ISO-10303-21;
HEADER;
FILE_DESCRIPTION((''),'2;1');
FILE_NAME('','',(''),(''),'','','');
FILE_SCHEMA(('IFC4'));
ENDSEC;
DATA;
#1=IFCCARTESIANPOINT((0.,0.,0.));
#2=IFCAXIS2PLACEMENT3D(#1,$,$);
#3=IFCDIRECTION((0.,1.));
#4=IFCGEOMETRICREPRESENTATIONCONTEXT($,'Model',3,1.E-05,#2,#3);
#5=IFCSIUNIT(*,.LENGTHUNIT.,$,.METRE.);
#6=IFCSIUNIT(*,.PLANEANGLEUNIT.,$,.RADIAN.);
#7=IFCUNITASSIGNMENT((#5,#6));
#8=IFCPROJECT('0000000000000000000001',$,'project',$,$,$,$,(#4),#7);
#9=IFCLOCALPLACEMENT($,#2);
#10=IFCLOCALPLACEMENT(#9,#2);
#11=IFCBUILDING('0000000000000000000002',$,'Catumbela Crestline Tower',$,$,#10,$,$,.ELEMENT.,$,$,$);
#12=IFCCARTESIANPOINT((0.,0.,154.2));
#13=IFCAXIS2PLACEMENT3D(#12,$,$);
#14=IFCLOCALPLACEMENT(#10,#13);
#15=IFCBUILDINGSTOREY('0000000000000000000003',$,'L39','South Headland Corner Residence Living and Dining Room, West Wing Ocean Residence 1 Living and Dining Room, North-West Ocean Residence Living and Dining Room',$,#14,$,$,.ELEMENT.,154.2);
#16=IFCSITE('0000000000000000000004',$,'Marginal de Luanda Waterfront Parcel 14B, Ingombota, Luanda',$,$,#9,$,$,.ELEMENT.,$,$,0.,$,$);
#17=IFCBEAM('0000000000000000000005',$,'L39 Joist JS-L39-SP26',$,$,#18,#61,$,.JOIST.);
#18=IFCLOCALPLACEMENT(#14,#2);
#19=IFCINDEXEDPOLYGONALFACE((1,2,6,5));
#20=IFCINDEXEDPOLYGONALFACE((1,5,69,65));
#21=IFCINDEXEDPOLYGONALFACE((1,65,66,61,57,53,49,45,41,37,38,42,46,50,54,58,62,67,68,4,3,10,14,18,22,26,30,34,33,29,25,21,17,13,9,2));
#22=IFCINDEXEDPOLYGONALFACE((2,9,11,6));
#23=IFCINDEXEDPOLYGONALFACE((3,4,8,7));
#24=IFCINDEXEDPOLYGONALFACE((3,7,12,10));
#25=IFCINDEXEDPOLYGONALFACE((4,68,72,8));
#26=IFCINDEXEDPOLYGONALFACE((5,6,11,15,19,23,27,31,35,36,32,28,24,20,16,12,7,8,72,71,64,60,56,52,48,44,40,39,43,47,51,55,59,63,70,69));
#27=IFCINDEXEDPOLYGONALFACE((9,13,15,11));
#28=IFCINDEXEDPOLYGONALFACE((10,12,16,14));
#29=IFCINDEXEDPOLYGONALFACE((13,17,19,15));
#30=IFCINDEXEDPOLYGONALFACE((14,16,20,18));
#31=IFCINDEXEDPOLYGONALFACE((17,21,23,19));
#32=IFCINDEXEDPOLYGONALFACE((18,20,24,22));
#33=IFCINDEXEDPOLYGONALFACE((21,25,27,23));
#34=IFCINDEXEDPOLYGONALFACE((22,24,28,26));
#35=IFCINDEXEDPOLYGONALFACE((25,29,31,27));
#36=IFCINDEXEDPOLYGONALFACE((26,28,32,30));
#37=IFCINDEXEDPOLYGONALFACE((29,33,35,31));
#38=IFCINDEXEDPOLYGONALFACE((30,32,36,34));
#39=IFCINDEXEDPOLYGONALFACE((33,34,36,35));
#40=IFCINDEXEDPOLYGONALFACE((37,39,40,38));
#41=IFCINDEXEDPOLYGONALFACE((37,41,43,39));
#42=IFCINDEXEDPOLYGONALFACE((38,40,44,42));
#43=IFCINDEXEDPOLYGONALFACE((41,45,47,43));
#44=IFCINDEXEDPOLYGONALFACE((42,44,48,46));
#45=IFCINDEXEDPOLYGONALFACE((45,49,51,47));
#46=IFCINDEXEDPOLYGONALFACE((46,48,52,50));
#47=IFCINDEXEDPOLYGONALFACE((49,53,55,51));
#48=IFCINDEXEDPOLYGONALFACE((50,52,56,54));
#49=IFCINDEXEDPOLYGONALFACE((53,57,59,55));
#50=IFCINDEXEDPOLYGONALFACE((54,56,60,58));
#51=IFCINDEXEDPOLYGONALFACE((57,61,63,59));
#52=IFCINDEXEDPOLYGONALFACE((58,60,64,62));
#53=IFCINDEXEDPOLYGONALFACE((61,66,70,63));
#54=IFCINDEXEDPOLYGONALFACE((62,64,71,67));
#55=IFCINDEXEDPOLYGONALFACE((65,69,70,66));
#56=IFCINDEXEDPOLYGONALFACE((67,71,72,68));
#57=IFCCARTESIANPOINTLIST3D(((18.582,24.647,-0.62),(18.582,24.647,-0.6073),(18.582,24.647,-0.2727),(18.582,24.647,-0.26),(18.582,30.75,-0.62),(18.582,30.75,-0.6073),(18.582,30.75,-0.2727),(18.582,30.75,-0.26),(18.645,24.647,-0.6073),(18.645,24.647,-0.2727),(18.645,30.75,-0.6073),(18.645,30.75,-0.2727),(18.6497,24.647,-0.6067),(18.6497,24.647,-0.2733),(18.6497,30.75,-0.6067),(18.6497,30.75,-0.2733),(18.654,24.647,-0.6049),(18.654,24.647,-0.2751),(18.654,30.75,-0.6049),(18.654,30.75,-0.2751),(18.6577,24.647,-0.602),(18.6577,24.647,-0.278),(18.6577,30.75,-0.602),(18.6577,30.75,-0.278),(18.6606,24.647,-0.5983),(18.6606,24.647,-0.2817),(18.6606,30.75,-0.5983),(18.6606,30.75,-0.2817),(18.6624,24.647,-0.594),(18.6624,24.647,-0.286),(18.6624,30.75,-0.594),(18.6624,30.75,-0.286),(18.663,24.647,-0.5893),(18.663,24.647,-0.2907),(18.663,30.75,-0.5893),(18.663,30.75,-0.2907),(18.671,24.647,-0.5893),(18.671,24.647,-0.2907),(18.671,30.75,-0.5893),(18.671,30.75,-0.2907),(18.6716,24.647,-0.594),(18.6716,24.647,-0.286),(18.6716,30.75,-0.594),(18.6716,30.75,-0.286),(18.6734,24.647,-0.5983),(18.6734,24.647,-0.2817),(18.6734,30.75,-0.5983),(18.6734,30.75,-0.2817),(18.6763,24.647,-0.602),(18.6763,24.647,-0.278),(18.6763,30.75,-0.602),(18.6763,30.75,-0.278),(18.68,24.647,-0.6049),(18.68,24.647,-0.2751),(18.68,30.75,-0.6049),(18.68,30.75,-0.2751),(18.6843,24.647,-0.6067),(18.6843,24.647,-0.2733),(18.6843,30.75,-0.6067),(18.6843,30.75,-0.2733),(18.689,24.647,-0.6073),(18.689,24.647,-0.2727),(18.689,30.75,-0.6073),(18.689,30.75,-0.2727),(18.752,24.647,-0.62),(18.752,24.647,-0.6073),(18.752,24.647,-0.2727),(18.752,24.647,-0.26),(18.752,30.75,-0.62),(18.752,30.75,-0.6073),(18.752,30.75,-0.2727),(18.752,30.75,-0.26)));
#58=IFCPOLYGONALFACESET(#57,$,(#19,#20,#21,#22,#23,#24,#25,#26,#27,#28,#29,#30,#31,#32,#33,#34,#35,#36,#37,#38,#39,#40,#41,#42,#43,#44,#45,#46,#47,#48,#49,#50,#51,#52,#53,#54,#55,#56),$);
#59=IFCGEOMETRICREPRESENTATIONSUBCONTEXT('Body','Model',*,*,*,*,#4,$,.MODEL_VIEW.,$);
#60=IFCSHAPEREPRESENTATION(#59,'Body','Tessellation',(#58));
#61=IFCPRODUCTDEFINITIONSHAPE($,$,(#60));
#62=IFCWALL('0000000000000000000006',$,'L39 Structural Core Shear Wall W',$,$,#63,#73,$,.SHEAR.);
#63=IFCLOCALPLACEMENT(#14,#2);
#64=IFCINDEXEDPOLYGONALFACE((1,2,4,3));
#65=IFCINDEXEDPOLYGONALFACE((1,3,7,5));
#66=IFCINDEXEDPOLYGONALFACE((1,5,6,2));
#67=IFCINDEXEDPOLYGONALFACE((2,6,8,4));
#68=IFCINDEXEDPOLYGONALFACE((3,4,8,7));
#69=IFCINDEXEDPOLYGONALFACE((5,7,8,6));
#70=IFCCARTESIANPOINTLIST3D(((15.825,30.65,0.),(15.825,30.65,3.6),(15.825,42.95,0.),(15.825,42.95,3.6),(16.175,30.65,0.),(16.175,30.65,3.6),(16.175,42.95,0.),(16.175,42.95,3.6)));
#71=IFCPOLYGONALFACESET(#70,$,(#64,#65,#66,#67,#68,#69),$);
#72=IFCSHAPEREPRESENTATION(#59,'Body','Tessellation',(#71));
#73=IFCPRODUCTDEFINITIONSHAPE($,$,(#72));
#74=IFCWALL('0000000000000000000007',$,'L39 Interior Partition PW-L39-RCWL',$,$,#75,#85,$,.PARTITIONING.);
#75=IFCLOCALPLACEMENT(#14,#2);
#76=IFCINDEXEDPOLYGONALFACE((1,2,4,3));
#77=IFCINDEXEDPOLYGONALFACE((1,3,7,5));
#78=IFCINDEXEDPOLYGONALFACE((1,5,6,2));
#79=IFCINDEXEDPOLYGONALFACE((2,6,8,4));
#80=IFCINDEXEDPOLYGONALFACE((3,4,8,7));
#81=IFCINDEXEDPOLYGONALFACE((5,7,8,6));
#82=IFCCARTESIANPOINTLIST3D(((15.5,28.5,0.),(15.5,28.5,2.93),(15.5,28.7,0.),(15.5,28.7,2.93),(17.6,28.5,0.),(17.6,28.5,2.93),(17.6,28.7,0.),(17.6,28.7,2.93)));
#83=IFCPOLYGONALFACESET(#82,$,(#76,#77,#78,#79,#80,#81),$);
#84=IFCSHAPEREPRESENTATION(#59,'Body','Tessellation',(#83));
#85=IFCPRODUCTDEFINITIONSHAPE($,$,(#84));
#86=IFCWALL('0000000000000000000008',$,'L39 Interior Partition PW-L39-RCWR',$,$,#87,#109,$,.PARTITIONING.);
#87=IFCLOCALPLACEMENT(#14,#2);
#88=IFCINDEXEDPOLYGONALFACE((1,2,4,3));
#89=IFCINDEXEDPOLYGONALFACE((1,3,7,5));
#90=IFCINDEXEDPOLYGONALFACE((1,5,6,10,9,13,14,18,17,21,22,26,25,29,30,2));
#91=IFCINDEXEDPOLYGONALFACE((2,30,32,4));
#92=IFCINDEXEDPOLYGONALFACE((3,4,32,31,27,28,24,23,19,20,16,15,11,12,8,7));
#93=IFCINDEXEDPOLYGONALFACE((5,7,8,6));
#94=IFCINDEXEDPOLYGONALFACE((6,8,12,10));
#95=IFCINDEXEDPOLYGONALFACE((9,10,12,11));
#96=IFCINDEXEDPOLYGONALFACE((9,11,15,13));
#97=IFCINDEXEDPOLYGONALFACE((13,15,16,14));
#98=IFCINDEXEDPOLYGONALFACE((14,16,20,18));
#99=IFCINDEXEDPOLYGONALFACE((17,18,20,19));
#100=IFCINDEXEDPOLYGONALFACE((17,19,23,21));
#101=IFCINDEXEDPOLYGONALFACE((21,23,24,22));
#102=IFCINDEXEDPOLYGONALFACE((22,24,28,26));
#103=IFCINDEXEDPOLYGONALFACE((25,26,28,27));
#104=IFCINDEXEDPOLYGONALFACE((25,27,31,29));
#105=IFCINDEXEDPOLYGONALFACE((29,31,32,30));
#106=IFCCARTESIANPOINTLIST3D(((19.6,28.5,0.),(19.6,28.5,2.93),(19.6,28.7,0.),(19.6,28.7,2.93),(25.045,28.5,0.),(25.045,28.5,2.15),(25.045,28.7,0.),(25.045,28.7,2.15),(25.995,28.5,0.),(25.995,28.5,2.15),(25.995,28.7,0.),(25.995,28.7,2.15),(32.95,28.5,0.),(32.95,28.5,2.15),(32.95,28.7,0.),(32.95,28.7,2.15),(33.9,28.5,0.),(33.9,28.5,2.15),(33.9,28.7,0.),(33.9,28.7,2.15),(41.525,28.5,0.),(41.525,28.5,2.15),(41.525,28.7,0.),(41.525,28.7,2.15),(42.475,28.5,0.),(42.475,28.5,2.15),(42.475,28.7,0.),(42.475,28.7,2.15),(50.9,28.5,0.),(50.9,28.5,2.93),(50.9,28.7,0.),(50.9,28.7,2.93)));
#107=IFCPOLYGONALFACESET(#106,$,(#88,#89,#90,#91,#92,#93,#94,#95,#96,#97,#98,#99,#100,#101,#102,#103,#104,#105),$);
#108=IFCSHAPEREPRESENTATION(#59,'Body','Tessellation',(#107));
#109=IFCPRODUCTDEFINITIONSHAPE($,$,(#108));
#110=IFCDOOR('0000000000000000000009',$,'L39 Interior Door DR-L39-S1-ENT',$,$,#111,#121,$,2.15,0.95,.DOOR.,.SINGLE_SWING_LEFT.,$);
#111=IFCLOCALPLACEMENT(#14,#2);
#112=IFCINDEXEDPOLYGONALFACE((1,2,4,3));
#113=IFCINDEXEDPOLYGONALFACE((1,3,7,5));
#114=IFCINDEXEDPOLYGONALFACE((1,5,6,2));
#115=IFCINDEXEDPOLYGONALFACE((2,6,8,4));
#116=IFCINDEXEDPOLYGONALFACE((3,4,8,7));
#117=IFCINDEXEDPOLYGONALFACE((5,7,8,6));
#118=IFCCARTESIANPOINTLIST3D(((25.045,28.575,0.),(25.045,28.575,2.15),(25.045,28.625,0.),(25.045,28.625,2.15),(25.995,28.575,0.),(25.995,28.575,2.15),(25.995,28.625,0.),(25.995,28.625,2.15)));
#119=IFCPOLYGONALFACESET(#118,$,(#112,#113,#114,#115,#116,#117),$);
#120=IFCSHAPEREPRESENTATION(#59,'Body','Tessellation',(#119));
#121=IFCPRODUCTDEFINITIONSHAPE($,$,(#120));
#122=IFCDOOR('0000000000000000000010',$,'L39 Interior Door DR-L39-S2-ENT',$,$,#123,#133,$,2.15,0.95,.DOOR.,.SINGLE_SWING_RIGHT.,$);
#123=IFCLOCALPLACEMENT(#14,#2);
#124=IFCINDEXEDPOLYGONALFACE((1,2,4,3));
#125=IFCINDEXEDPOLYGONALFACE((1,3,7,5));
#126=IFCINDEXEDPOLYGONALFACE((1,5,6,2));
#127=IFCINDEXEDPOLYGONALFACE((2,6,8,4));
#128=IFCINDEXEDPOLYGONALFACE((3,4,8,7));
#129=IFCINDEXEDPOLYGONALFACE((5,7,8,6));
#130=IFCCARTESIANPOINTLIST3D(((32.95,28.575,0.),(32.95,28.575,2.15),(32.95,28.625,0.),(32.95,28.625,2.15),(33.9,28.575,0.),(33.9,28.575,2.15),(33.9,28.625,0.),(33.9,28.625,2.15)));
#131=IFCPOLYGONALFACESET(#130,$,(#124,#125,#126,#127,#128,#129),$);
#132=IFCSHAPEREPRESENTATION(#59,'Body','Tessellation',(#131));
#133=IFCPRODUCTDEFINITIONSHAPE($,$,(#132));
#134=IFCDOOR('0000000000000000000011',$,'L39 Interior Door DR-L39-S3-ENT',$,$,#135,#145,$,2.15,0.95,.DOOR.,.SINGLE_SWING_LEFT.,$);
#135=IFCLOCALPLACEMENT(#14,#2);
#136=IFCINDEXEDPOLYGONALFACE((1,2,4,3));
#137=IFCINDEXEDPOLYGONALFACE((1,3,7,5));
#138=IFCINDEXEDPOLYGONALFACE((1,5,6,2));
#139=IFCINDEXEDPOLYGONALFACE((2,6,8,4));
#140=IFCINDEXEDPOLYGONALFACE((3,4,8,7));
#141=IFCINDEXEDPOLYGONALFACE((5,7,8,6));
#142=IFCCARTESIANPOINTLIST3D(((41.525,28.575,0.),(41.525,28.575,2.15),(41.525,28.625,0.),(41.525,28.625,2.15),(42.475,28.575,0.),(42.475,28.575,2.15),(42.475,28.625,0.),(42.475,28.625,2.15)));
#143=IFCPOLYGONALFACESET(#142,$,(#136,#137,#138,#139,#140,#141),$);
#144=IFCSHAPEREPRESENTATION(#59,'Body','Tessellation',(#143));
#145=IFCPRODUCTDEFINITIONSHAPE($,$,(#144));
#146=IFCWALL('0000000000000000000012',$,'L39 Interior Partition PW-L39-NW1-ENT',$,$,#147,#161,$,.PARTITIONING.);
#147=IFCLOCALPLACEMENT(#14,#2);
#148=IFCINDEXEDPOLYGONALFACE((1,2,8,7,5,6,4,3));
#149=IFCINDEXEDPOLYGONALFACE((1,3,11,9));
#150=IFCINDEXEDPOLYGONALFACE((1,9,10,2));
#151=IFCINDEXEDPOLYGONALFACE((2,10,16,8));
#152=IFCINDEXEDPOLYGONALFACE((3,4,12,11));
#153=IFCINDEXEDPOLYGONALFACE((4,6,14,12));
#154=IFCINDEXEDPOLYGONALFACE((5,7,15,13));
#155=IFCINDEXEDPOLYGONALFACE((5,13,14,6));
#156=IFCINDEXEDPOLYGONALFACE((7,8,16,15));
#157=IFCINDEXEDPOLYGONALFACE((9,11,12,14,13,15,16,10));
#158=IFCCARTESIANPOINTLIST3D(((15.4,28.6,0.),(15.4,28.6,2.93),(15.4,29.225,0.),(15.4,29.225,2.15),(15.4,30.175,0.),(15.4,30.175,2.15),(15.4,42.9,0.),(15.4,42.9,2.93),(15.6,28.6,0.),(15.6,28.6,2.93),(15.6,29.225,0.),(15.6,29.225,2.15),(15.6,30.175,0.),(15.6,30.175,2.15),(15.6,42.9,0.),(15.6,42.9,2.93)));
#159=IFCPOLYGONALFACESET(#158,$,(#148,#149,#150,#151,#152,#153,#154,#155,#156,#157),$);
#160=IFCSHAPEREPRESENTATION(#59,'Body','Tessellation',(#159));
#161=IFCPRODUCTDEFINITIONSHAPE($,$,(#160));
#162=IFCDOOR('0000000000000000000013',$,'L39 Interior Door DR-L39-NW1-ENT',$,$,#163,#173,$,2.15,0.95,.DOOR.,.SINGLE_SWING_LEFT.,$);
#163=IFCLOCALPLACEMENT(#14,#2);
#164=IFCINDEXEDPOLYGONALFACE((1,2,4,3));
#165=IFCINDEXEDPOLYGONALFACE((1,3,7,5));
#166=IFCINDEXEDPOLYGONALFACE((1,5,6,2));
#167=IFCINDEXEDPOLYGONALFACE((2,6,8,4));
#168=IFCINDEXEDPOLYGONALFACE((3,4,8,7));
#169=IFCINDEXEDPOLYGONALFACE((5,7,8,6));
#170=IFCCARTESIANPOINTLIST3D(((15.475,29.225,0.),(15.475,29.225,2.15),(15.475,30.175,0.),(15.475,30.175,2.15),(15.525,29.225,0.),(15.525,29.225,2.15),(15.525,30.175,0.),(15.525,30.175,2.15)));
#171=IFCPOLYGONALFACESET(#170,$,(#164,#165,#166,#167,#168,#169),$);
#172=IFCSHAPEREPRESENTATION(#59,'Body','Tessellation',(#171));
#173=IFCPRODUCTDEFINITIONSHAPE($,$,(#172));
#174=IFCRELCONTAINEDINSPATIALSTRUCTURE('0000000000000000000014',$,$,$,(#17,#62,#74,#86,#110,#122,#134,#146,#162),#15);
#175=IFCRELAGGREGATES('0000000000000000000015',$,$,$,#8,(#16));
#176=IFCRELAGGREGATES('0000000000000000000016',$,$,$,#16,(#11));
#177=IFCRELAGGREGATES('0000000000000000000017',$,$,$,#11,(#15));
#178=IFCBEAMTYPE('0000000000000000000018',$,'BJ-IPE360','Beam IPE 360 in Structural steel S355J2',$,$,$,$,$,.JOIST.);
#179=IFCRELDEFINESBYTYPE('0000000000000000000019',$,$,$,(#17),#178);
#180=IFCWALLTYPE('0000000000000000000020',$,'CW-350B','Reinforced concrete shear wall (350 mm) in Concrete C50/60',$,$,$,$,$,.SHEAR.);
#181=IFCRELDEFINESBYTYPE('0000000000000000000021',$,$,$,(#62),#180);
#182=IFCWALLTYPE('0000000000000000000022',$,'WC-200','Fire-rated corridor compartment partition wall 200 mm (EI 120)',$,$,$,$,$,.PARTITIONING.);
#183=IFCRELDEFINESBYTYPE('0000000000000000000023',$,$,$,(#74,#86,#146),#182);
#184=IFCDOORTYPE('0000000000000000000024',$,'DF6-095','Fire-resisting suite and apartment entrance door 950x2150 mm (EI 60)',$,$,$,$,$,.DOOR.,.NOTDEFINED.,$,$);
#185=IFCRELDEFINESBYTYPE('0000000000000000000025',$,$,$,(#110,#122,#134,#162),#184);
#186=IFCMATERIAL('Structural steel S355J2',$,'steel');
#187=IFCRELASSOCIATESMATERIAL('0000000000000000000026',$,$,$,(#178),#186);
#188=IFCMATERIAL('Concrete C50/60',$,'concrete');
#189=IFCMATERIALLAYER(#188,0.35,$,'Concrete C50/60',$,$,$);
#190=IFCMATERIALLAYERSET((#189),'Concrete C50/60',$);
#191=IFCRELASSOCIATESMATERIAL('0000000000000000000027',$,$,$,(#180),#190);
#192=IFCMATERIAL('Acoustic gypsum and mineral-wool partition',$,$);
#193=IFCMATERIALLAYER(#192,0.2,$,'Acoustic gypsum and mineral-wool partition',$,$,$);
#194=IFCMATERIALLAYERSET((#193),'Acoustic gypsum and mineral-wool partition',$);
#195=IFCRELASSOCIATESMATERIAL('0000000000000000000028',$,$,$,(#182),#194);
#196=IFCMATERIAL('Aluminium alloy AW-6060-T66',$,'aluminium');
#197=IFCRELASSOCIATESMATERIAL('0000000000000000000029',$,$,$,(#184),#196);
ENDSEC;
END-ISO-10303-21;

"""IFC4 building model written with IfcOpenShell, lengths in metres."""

from ifc_helpers import new_model, si_unit, direction, frame, frame_2d, origin, origin_2d, place, context, subcontext, project, spatial, rectangle, i_section, extrude, material, layer, layer_set, material_profile, profile_set, type_object, element, fill, save


model = new_model("IFC4")

# Units and contexts
model_context = context("Model", 3, precision=1e-05, world=origin(), true_north=direction((0.0, 1.0)))
body_context = subcontext(model_context, "Body", "Model", "MODEL_VIEW")
ifc_project = project(units=[si_unit("LENGTHUNIT", "METRE"), si_unit("PLANEANGLEUNIT", "RADIAN")], contexts=[model_context])

# Site, building, storey
site_placement = place(None, origin())
site = spatial("IfcSite", under=ifc_project, at=site_placement, Name="Marginal de Luanda Waterfront Parcel 14B, Ingombota, Luanda", CompositionType="ELEMENT", RefElevation=0.0)
building_placement = place(site_placement, origin())
building = spatial("IfcBuilding", under=site, at=building_placement, Name="Catumbela Crestline Tower", CompositionType="ELEMENT")
storey_placement = place(building_placement, frame((0.0, 0.0, 154.2)))
storey = spatial("IfcBuildingStorey", under=building, at=storey_placement, Name="L39", Description="South Headland Corner Residence Living and Dining Room, West Wing Ocean Residence 1 Living and Dining Room, North-West Ocean Residence Living and Dining Room", CompositionType="ELEMENT", Elevation=154.2)

# Shared definitions
ifc_material_1 = material(Name="Concrete C50/60", Category="concrete")

# Beam
ifc_material_2 = material(Name="Structural steel S355J2", Category="steel")
ifc_material_profile_1 = material_profile(ifc_material_2, i_section(OverallWidth=0.17, OverallDepth=0.36, WebThickness=0.008, FlangeThickness=0.0127, FilletRadius=0.018, at=origin_2d()), Name="IPE 360")
ifc_profile_set_1 = profile_set([ifc_material_profile_1], Name="Structural steel S355J2")
beam_type_1 = type_object("IfcBeamType", Name="BJ-IPE360", Description="Beam IPE 360 in Structural steel S355J2", PredefinedType="JOIST", material=ifc_profile_set_1)
beam_1_placement = place(storey_placement, frame((18.667, 24.647, -0.44), z_axis=(0.0, 1.0, 0.0), x_axis=(-1.0, 0.0, 0.0)))
element("IfcBeam", 1, at=beam_1_placement, inside=storey, type_object=beam_type_1, Name="L39 Joist JS-L39-SP26", PredefinedType="JOIST", context=body_context, shape_type="SweptSolid", body=[
    extrude(i_section(OverallWidth=0.17, OverallDepth=0.36, WebThickness=0.008, FlangeThickness=0.0127, FilletRadius=0.018, at=origin_2d()), origin(), (0.0, 0.0, 1.0), 6.103),
])

# Walls
ifc_layer_1 = layer(ifc_material_1, 0.35, Name="Concrete C50/60")
ifc_layer_set_1 = layer_set([ifc_layer_1], Name="Concrete C50/60")
wall_type_1 = type_object("IfcWallType", Name="CW-350B", Description="Reinforced concrete shear wall (350 mm) in Concrete C50/60", PredefinedType="SHEAR", material=ifc_layer_set_1)
wall_1_placement = place(storey_placement, frame((16.0, 30.65, 0.0), z_axis=(0.0, 0.0, 1.0), x_axis=(0.0, 1.0, 0.0)))
element("IfcWall", 2, at=wall_1_placement, inside=storey, type_object=wall_type_1, Name="L39 Structural Core Shear Wall W", PredefinedType="SHEAR", context=body_context, shape_type="SweptSolid", body=[
    extrude(rectangle(XDim=12.3, YDim=0.35, at=frame_2d((6.15, 0.0))), origin(), (0.0, 0.0, 1.0), 3.6),
])
ifc_material_3 = material(Name="Acoustic gypsum and mineral-wool partition")
ifc_layer_2 = layer(ifc_material_3, 0.2, Name="Acoustic gypsum and mineral-wool partition")
ifc_layer_set_2 = layer_set([ifc_layer_2], Name="Acoustic gypsum and mineral-wool partition")
wall_type_2 = type_object("IfcWallType", Name="WC-200", Description="Fire-rated corridor compartment partition wall 200 mm (EI 120)", PredefinedType="PARTITIONING", material=ifc_layer_set_2)
wall_2_placement = place(storey_placement, frame((15.5, 28.6, 0.0), z_axis=(0.0, 0.0, 1.0), x_axis=(1.0, 0.0, 0.0)))
element("IfcWall", 3, at=wall_2_placement, inside=storey, type_object=wall_type_2, Name="L39 Interior Partition PW-L39-RCWL", PredefinedType="PARTITIONING", context=body_context, shape_type="SweptSolid", body=[
    extrude(rectangle(XDim=2.1, YDim=0.2, at=frame_2d((1.05, 0.0))), origin(), (0.0, 0.0, 1.0), 2.93),
])

# Wall, openings, doors
wall_3_placement = place(storey_placement, frame((19.6, 28.6, 0.0), z_axis=(0.0, 0.0, 1.0), x_axis=(1.0, 0.0, 0.0)))
wall_3 = element("IfcWall", 4, at=wall_3_placement, inside=storey, type_object=wall_type_2, Name="L39 Interior Partition PW-L39-RCWR", PredefinedType="PARTITIONING", context=body_context, shape_type="SweptSolid", body=[
    extrude(rectangle(XDim=31.3, YDim=0.2, at=frame_2d((15.65, 0.0))), origin(), (0.0, 0.0, 1.0), 2.93),
])
opening_1_placement = place(wall_3_placement, frame((5.445, 0.0, 0.0)))
opening_1 = element("IfcOpeningElement", 5, at=opening_1_placement, cuts=wall_3, PredefinedType="OPENING", context=body_context, shape_type="SweptSolid", body=[
    extrude(rectangle(XDim=0.95, YDim=2.15, at=frame_2d((0.475, 1.075))), frame((0.0, 0.11, 0.0), z_axis=(0.0, -1.0, 0.0), x_axis=(1.0, 0.0, 0.0)), (0.0, 0.0, 1.0), 0.22),
])
opening_2_placement = place(wall_3_placement, frame((13.35, 0.0, 0.0)))
opening_2 = element("IfcOpeningElement", 6, at=opening_2_placement, cuts=wall_3, PredefinedType="OPENING", context=body_context, shape_type="SweptSolid", body=[
    extrude(rectangle(XDim=0.95, YDim=2.15, at=frame_2d((0.475, 1.075))), frame((0.0, 0.11, 0.0), z_axis=(0.0, -1.0, 0.0), x_axis=(1.0, 0.0, 0.0)), (0.0, 0.0, 1.0), 0.22),
])
opening_3_placement = place(wall_3_placement, frame((21.925, 0.0, 0.0)))
opening_3 = element("IfcOpeningElement", 7, at=opening_3_placement, cuts=wall_3, PredefinedType="OPENING", context=body_context, shape_type="SweptSolid", body=[
    extrude(rectangle(XDim=0.95, YDim=2.15, at=frame_2d((0.475, 1.075))), frame((0.0, 0.11, 0.0), z_axis=(0.0, -1.0, 0.0), x_axis=(1.0, 0.0, 0.0)), (0.0, 0.0, 1.0), 0.22),
])
ifc_material_4 = material(Name="Aluminium alloy AW-6060-T66", Category="aluminium")
door_type_1 = type_object("IfcDoorType", Name="DF6-095", Description="Fire-resisting suite and apartment entrance door 950x2150 mm (EI 60)", OperationType="NOTDEFINED", PredefinedType="DOOR", material=ifc_material_4)
door_1_placement = place(opening_1_placement, origin())
door_1 = element("IfcDoor", 8, at=door_1_placement, inside=storey, type_object=door_type_1, Name="L39 Interior Door DR-L39-S1-ENT", OperationType="SINGLE_SWING_LEFT", OverallHeight=2.15, OverallWidth=0.95, PredefinedType="DOOR", context=body_context, shape_type="SweptSolid", body=[
    extrude(rectangle(XDim=0.95, YDim=2.15, at=frame_2d((0.475, 1.075))), frame((0.0, 0.025, 0.0), z_axis=(0.0, -1.0, 0.0), x_axis=(1.0, 0.0, 0.0)), (0.0, 0.0, 1.0), 0.05),
])
fill(opening_1, door_1)
door_2_placement = place(opening_2_placement, origin())
door_2 = element("IfcDoor", 9, at=door_2_placement, inside=storey, type_object=door_type_1, Name="L39 Interior Door DR-L39-S2-ENT", OperationType="SINGLE_SWING_RIGHT", OverallHeight=2.15, OverallWidth=0.95, PredefinedType="DOOR", context=body_context, shape_type="SweptSolid", body=[
    extrude(rectangle(XDim=0.95, YDim=2.15, at=frame_2d((0.475, 1.075))), frame((0.0, 0.025, 0.0), z_axis=(0.0, -1.0, 0.0), x_axis=(1.0, 0.0, 0.0)), (0.0, 0.0, 1.0), 0.05),
])
fill(opening_2, door_2)
door_3_placement = place(opening_3_placement, origin())
door_3 = element("IfcDoor", 10, at=door_3_placement, inside=storey, type_object=door_type_1, Name="L39 Interior Door DR-L39-S3-ENT", OperationType="SINGLE_SWING_LEFT", OverallHeight=2.15, OverallWidth=0.95, PredefinedType="DOOR", context=body_context, shape_type="SweptSolid", body=[
    extrude(rectangle(XDim=0.95, YDim=2.15, at=frame_2d((0.475, 1.075))), frame((0.0, 0.025, 0.0), z_axis=(0.0, -1.0, 0.0), x_axis=(1.0, 0.0, 0.0)), (0.0, 0.0, 1.0), 0.05),
])
fill(opening_3, door_3)

# Wall, opening, door
wall_4_placement = place(storey_placement, frame((15.5, 28.6, 0.0), z_axis=(0.0, 0.0, 1.0), x_axis=(0.0, 1.0, 0.0)))
wall_4 = element("IfcWall", 11, at=wall_4_placement, inside=storey, type_object=wall_type_2, Name="L39 Interior Partition PW-L39-NW1-ENT", PredefinedType="PARTITIONING", context=body_context, shape_type="SweptSolid", body=[
    extrude(rectangle(XDim=14.3, YDim=0.2, at=frame_2d((7.15, 0.0))), origin(), (0.0, 0.0, 1.0), 2.93),
])
opening_4_placement = place(wall_4_placement, frame((0.625, 0.0, 0.0)))
opening_4 = element("IfcOpeningElement", 12, at=opening_4_placement, cuts=wall_4, PredefinedType="OPENING", context=body_context, shape_type="SweptSolid", body=[
    extrude(rectangle(XDim=0.95, YDim=2.15, at=frame_2d((0.475, 1.075))), frame((0.0, 0.11, 0.0), z_axis=(0.0, -1.0, 0.0), x_axis=(1.0, 0.0, 0.0)), (0.0, 0.0, 1.0), 0.22),
])
door_4_placement = place(opening_4_placement, origin())
door_4 = element("IfcDoor", 13, at=door_4_placement, inside=storey, type_object=door_type_1, Name="L39 Interior Door DR-L39-NW1-ENT", OperationType="SINGLE_SWING_LEFT", OverallHeight=2.15, OverallWidth=0.95, PredefinedType="DOOR", context=body_context, shape_type="SweptSolid", body=[
    extrude(rectangle(XDim=0.95, YDim=2.15, at=frame_2d((0.475, 1.075))), frame((0.0, 0.025, 0.0), z_axis=(0.0, -1.0, 0.0), x_axis=(1.0, 0.0, 0.0)), (0.0, 0.0, 1.0), 0.05),
])
fill(opening_4, door_4)

save(model, "model.ifc")
